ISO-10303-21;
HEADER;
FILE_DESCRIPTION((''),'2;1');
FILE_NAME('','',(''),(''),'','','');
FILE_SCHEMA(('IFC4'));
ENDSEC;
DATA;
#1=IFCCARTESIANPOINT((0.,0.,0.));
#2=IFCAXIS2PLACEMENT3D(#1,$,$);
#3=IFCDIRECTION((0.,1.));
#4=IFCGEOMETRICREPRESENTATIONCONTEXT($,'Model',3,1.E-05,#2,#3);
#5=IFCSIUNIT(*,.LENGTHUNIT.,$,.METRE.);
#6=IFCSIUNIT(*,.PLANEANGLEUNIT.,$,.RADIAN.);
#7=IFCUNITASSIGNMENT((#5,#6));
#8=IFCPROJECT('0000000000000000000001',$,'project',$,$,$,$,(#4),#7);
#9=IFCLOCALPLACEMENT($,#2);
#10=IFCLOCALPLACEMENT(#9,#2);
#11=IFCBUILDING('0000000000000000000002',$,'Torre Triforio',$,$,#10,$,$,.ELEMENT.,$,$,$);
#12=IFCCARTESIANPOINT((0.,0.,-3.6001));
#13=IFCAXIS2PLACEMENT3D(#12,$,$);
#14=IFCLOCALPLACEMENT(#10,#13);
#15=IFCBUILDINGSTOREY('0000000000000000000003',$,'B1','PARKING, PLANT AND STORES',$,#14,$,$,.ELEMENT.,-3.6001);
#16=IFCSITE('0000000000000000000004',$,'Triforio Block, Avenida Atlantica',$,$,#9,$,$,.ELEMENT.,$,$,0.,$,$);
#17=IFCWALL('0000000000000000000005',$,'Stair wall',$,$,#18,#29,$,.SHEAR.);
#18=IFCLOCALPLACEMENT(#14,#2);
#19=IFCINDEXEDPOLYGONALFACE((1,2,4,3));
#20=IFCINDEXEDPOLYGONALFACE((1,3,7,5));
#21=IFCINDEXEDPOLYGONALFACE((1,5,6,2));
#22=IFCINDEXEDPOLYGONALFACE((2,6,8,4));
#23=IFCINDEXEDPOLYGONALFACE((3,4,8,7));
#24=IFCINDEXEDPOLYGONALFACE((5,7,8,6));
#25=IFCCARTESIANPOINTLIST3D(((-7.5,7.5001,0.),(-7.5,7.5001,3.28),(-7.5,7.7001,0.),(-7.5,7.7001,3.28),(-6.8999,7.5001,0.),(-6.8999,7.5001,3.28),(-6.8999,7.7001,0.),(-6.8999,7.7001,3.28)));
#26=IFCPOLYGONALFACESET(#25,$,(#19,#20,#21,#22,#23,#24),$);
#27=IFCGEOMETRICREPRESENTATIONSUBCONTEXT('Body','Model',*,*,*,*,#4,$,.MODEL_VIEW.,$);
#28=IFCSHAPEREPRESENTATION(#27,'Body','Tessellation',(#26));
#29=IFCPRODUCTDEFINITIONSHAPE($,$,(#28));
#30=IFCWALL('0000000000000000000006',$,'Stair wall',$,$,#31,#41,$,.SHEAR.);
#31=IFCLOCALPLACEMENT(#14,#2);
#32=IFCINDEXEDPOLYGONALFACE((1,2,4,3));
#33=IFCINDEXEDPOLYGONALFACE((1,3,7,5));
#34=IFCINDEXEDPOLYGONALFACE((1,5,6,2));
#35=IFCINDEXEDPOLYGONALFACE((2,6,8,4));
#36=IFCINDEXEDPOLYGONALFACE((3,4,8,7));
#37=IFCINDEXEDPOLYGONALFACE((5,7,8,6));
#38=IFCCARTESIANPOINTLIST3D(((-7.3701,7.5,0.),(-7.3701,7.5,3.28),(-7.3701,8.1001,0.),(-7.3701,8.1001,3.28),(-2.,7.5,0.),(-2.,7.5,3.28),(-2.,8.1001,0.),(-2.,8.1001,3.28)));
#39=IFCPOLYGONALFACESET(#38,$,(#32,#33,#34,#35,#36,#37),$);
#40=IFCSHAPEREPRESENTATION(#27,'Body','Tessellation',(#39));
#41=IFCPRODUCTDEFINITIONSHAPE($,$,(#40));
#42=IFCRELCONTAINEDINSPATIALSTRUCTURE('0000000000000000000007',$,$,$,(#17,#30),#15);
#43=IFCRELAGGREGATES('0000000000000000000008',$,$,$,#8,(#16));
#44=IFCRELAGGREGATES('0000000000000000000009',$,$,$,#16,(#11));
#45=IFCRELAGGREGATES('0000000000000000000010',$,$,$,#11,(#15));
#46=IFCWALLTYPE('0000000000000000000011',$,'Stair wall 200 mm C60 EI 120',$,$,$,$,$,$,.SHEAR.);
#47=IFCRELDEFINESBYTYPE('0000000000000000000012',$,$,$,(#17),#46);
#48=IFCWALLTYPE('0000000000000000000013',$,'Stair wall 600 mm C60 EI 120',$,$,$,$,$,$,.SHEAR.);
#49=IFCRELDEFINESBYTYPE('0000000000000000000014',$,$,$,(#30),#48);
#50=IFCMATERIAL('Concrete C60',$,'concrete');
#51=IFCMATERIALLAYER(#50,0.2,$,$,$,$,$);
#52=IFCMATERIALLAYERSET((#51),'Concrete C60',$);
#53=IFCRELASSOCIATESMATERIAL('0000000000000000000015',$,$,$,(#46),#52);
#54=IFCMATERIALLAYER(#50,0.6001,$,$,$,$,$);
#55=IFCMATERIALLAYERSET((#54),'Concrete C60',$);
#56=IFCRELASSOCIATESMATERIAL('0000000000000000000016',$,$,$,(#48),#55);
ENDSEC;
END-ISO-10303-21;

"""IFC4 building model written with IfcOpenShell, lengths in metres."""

from ifc_helpers import new_model, si_unit, direction, frame, frame_2d, origin, place, context, subcontext, project, spatial, rectangle, extrude, material, layer, layer_set, type_object, element, save


model = new_model("IFC4")

# Units and contexts
model_context = context("Model", 3, precision=1e-05, world=origin(), true_north=direction((0.0, 1.0)))
body_context = subcontext(model_context, "Body", "Model", "MODEL_VIEW")
ifc_project = project(units=[si_unit("LENGTHUNIT", "METRE"), si_unit("PLANEANGLEUNIT", "RADIAN")], contexts=[model_context])

# Site, building, storey
site_placement = place(None, origin())
site = spatial("IfcSite", under=ifc_project, at=site_placement, Name="Triforio Block, Avenida Atlantica", CompositionType="ELEMENT", RefElevation=0.0)
building_placement = place(site_placement, origin())
building = spatial("IfcBuilding", under=site, at=building_placement, Name="Torre Triforio", CompositionType="ELEMENT")
storey_placement = place(building_placement, frame((0.0, 0.0, -3.6001)))
storey = spatial("IfcBuildingStorey", under=building, at=storey_placement, Name="B1", Description="PARKING, PLANT AND STORES", CompositionType="ELEMENT", Elevation=-3.6001)

# Shared definitions
ifc_material_1 = material(Name="Concrete C60", Category="concrete")

# Walls
ifc_layer_1 = layer(ifc_material_1, 0.2)
ifc_layer_set_1 = layer_set([ifc_layer_1], Name="Concrete C60")
wall_type_1 = type_object("IfcWallType", Name="Stair wall 200 mm C60 EI 120", PredefinedType="SHEAR", material=ifc_layer_set_1)
wall_1_placement = place(storey_placement, frame((-7.5, 7.6001, 0.0), z_axis=(0.0, 0.0, 1.0), x_axis=(1.0, 0.0, 0.0)))
element("IfcWall", 1, at=wall_1_placement, inside=storey, type_object=wall_type_1, Name="Stair wall", PredefinedType="SHEAR", context=body_context, shape_type="SweptSolid", body=[
    extrude(rectangle(XDim=0.6001, YDim=0.2, at=frame_2d((0.3, 0.0))), origin(), (0.0, 0.0, 1.0), 3.28),
])
ifc_layer_2 = layer(ifc_material_1, 0.6001)
ifc_layer_set_2 = layer_set([ifc_layer_2], Name="Concrete C60")
wall_type_2 = type_object("IfcWallType", Name="Stair wall 600 mm C60 EI 120", PredefinedType="SHEAR", material=ifc_layer_set_2)
wall_2_placement = place(storey_placement, frame((-7.3701, 7.8, 0.0), z_axis=(0.0, 0.0, 1.0), x_axis=(1.0, 0.0, 0.0)))
element("IfcWall", 2, at=wall_2_placement, inside=storey, type_object=wall_type_2, Name="Stair wall", PredefinedType="SHEAR", context=body_context, shape_type="SweptSolid", body=[
    extrude(rectangle(XDim=5.3701, YDim=0.6001, at=frame_2d((2.6851, 0.0))), origin(), (0.0, 0.0, 1.0), 3.28),
])

save(model, "model.ifc")
